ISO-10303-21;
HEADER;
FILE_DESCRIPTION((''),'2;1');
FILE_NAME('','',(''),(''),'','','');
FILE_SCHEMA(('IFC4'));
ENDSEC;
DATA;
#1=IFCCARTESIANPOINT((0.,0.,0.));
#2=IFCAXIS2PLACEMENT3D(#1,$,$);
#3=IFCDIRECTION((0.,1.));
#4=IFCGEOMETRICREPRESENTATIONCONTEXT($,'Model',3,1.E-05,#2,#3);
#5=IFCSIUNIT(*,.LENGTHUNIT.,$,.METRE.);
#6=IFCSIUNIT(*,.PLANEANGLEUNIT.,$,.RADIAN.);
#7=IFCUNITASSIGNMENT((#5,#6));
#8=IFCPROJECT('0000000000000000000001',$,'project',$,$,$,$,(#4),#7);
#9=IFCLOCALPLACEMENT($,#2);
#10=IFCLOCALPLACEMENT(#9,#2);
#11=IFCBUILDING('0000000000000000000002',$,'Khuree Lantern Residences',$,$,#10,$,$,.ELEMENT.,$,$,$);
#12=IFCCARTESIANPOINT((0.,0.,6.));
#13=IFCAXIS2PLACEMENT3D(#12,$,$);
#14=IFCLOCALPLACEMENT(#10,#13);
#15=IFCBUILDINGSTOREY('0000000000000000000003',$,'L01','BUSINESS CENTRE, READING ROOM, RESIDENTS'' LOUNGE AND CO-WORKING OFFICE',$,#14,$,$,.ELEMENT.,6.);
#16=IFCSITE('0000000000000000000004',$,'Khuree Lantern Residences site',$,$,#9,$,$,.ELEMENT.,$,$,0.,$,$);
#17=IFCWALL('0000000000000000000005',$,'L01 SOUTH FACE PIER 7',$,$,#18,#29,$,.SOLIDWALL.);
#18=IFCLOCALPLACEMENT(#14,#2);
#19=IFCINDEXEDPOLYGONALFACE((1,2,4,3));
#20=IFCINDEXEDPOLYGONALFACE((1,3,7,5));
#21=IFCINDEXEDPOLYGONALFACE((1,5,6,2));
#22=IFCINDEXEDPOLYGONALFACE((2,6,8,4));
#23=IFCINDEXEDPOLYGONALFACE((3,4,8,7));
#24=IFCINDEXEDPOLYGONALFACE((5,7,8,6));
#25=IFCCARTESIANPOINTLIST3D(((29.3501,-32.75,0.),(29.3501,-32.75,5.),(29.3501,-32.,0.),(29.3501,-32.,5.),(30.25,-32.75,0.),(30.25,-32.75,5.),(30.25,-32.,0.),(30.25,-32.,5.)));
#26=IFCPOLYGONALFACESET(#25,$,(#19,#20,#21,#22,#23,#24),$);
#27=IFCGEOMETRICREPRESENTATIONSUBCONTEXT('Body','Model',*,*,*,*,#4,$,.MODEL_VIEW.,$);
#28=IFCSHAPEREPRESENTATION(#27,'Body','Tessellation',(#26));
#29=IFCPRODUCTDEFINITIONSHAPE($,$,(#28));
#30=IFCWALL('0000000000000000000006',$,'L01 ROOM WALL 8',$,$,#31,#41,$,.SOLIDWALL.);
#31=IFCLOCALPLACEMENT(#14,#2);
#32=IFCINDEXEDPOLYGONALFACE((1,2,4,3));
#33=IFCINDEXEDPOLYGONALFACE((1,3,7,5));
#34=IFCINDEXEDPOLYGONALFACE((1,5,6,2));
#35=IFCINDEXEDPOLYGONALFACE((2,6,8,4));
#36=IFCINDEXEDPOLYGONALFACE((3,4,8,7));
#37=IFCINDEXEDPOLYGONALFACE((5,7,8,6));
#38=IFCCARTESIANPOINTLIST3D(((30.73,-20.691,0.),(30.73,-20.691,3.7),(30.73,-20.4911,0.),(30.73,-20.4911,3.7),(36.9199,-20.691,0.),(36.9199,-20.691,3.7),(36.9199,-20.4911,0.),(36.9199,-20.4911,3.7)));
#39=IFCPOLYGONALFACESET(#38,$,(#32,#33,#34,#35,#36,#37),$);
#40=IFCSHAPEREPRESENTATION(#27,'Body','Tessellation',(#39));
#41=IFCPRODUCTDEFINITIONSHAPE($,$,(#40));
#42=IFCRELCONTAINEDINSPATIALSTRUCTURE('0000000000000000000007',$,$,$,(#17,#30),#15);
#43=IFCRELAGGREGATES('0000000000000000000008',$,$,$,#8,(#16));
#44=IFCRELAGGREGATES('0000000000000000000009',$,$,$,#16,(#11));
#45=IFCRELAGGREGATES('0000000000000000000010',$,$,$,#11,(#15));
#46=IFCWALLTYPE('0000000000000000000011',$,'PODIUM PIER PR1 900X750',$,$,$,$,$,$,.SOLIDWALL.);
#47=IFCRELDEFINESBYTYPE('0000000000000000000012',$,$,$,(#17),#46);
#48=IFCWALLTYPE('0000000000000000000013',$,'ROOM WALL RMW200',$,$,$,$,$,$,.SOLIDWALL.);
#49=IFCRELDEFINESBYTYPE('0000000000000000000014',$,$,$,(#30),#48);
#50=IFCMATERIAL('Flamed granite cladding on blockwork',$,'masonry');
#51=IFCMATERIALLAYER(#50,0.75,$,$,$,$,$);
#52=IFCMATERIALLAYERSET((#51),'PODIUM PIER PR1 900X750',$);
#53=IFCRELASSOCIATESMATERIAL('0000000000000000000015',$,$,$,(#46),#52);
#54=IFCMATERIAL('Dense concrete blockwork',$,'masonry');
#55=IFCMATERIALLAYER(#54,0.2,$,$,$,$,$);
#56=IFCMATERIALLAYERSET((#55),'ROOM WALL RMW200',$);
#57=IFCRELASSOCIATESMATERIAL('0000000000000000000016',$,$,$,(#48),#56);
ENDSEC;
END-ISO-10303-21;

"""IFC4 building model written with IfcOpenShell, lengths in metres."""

from ifc_helpers import new_model, si_unit, direction, frame, frame_2d, origin, place, context, subcontext, project, spatial, rectangle, extrude, material, layer, layer_set, type_object, element, save


model = new_model("IFC4")

# Units and contexts
model_context = context("Model", 3, precision=1e-05, world=origin(), true_north=direction((0.0, 1.0)))
body_context = subcontext(model_context, "Body", "Model", "MODEL_VIEW")
ifc_project = project(units=[si_unit("LENGTHUNIT", "METRE"), si_unit("PLANEANGLEUNIT", "RADIAN")], contexts=[model_context])

# Site, building, storey
site_placement = place(None, origin())
site = spatial("IfcSite", under=ifc_project, at=site_placement, Name="Khuree Lantern Residences site", CompositionType="ELEMENT", RefElevation=0.0)
building_placement = place(site_placement, origin())
building = spatial("IfcBuilding", under=site, at=building_placement, Name="Khuree Lantern Residences", CompositionType="ELEMENT")
storey_placement = place(building_placement, frame((0.0, 0.0, 6.0)))
storey = spatial("IfcBuildingStorey", under=building, at=storey_placement, Name="L01", Description="BUSINESS CENTRE, READING ROOM, RESIDENTS' LOUNGE AND CO-WORKING OFFICE", CompositionType="ELEMENT", Elevation=6.0)

# Walls
ifc_material_1 = material(Name="Flamed granite cladding on blockwork", Category="masonry")
ifc_layer_1 = layer(ifc_material_1, 0.75)
ifc_layer_set_1 = layer_set([ifc_layer_1], Name="PODIUM PIER PR1 900X750")
wall_type_1 = type_object("IfcWallType", Name="PODIUM PIER PR1 900X750", PredefinedType="SOLIDWALL", material=ifc_layer_set_1)
wall_1_placement = place(storey_placement, frame((29.3501, -32.375, 0.0), z_axis=(0.0, 0.0, 1.0), x_axis=(1.0, 0.0, 0.0)))
element("IfcWall", 1, at=wall_1_placement, inside=storey, type_object=wall_type_1, Name="L01 SOUTH FACE PIER 7", PredefinedType="SOLIDWALL", context=body_context, shape_type="SweptSolid", body=[
    extrude(rectangle(XDim=0.8999, YDim=0.75, at=frame_2d((0.45, 0.0))), origin(), (0.0, 0.0, 1.0), 5.0),
])
ifc_material_2 = material(Name="Dense concrete blockwork", Category="masonry")
ifc_layer_2 = layer(ifc_material_2, 0.2)
ifc_layer_set_2 = layer_set([ifc_layer_2], Name="ROOM WALL RMW200")
wall_type_2 = type_object("IfcWallType", Name="ROOM WALL RMW200", PredefinedType="SOLIDWALL", material=ifc_layer_set_2)
wall_2_placement = place(storey_placement, frame((30.73, -20.5911, 0.0), z_axis=(0.0, 0.0, 1.0), x_axis=(1.0, 0.0, 0.0)))
element("IfcWall", 2, at=wall_2_placement, inside=storey, type_object=wall_type_2, Name="L01 ROOM WALL 8", PredefinedType="SOLIDWALL", context=body_context, shape_type="SweptSolid", body=[
    extrude(rectangle(XDim=6.1899, YDim=0.2, at=frame_2d((3.095, 0.0))), origin(), (0.0, 0.0, 1.0), 3.7),
])

save(model, "model.ifc")
